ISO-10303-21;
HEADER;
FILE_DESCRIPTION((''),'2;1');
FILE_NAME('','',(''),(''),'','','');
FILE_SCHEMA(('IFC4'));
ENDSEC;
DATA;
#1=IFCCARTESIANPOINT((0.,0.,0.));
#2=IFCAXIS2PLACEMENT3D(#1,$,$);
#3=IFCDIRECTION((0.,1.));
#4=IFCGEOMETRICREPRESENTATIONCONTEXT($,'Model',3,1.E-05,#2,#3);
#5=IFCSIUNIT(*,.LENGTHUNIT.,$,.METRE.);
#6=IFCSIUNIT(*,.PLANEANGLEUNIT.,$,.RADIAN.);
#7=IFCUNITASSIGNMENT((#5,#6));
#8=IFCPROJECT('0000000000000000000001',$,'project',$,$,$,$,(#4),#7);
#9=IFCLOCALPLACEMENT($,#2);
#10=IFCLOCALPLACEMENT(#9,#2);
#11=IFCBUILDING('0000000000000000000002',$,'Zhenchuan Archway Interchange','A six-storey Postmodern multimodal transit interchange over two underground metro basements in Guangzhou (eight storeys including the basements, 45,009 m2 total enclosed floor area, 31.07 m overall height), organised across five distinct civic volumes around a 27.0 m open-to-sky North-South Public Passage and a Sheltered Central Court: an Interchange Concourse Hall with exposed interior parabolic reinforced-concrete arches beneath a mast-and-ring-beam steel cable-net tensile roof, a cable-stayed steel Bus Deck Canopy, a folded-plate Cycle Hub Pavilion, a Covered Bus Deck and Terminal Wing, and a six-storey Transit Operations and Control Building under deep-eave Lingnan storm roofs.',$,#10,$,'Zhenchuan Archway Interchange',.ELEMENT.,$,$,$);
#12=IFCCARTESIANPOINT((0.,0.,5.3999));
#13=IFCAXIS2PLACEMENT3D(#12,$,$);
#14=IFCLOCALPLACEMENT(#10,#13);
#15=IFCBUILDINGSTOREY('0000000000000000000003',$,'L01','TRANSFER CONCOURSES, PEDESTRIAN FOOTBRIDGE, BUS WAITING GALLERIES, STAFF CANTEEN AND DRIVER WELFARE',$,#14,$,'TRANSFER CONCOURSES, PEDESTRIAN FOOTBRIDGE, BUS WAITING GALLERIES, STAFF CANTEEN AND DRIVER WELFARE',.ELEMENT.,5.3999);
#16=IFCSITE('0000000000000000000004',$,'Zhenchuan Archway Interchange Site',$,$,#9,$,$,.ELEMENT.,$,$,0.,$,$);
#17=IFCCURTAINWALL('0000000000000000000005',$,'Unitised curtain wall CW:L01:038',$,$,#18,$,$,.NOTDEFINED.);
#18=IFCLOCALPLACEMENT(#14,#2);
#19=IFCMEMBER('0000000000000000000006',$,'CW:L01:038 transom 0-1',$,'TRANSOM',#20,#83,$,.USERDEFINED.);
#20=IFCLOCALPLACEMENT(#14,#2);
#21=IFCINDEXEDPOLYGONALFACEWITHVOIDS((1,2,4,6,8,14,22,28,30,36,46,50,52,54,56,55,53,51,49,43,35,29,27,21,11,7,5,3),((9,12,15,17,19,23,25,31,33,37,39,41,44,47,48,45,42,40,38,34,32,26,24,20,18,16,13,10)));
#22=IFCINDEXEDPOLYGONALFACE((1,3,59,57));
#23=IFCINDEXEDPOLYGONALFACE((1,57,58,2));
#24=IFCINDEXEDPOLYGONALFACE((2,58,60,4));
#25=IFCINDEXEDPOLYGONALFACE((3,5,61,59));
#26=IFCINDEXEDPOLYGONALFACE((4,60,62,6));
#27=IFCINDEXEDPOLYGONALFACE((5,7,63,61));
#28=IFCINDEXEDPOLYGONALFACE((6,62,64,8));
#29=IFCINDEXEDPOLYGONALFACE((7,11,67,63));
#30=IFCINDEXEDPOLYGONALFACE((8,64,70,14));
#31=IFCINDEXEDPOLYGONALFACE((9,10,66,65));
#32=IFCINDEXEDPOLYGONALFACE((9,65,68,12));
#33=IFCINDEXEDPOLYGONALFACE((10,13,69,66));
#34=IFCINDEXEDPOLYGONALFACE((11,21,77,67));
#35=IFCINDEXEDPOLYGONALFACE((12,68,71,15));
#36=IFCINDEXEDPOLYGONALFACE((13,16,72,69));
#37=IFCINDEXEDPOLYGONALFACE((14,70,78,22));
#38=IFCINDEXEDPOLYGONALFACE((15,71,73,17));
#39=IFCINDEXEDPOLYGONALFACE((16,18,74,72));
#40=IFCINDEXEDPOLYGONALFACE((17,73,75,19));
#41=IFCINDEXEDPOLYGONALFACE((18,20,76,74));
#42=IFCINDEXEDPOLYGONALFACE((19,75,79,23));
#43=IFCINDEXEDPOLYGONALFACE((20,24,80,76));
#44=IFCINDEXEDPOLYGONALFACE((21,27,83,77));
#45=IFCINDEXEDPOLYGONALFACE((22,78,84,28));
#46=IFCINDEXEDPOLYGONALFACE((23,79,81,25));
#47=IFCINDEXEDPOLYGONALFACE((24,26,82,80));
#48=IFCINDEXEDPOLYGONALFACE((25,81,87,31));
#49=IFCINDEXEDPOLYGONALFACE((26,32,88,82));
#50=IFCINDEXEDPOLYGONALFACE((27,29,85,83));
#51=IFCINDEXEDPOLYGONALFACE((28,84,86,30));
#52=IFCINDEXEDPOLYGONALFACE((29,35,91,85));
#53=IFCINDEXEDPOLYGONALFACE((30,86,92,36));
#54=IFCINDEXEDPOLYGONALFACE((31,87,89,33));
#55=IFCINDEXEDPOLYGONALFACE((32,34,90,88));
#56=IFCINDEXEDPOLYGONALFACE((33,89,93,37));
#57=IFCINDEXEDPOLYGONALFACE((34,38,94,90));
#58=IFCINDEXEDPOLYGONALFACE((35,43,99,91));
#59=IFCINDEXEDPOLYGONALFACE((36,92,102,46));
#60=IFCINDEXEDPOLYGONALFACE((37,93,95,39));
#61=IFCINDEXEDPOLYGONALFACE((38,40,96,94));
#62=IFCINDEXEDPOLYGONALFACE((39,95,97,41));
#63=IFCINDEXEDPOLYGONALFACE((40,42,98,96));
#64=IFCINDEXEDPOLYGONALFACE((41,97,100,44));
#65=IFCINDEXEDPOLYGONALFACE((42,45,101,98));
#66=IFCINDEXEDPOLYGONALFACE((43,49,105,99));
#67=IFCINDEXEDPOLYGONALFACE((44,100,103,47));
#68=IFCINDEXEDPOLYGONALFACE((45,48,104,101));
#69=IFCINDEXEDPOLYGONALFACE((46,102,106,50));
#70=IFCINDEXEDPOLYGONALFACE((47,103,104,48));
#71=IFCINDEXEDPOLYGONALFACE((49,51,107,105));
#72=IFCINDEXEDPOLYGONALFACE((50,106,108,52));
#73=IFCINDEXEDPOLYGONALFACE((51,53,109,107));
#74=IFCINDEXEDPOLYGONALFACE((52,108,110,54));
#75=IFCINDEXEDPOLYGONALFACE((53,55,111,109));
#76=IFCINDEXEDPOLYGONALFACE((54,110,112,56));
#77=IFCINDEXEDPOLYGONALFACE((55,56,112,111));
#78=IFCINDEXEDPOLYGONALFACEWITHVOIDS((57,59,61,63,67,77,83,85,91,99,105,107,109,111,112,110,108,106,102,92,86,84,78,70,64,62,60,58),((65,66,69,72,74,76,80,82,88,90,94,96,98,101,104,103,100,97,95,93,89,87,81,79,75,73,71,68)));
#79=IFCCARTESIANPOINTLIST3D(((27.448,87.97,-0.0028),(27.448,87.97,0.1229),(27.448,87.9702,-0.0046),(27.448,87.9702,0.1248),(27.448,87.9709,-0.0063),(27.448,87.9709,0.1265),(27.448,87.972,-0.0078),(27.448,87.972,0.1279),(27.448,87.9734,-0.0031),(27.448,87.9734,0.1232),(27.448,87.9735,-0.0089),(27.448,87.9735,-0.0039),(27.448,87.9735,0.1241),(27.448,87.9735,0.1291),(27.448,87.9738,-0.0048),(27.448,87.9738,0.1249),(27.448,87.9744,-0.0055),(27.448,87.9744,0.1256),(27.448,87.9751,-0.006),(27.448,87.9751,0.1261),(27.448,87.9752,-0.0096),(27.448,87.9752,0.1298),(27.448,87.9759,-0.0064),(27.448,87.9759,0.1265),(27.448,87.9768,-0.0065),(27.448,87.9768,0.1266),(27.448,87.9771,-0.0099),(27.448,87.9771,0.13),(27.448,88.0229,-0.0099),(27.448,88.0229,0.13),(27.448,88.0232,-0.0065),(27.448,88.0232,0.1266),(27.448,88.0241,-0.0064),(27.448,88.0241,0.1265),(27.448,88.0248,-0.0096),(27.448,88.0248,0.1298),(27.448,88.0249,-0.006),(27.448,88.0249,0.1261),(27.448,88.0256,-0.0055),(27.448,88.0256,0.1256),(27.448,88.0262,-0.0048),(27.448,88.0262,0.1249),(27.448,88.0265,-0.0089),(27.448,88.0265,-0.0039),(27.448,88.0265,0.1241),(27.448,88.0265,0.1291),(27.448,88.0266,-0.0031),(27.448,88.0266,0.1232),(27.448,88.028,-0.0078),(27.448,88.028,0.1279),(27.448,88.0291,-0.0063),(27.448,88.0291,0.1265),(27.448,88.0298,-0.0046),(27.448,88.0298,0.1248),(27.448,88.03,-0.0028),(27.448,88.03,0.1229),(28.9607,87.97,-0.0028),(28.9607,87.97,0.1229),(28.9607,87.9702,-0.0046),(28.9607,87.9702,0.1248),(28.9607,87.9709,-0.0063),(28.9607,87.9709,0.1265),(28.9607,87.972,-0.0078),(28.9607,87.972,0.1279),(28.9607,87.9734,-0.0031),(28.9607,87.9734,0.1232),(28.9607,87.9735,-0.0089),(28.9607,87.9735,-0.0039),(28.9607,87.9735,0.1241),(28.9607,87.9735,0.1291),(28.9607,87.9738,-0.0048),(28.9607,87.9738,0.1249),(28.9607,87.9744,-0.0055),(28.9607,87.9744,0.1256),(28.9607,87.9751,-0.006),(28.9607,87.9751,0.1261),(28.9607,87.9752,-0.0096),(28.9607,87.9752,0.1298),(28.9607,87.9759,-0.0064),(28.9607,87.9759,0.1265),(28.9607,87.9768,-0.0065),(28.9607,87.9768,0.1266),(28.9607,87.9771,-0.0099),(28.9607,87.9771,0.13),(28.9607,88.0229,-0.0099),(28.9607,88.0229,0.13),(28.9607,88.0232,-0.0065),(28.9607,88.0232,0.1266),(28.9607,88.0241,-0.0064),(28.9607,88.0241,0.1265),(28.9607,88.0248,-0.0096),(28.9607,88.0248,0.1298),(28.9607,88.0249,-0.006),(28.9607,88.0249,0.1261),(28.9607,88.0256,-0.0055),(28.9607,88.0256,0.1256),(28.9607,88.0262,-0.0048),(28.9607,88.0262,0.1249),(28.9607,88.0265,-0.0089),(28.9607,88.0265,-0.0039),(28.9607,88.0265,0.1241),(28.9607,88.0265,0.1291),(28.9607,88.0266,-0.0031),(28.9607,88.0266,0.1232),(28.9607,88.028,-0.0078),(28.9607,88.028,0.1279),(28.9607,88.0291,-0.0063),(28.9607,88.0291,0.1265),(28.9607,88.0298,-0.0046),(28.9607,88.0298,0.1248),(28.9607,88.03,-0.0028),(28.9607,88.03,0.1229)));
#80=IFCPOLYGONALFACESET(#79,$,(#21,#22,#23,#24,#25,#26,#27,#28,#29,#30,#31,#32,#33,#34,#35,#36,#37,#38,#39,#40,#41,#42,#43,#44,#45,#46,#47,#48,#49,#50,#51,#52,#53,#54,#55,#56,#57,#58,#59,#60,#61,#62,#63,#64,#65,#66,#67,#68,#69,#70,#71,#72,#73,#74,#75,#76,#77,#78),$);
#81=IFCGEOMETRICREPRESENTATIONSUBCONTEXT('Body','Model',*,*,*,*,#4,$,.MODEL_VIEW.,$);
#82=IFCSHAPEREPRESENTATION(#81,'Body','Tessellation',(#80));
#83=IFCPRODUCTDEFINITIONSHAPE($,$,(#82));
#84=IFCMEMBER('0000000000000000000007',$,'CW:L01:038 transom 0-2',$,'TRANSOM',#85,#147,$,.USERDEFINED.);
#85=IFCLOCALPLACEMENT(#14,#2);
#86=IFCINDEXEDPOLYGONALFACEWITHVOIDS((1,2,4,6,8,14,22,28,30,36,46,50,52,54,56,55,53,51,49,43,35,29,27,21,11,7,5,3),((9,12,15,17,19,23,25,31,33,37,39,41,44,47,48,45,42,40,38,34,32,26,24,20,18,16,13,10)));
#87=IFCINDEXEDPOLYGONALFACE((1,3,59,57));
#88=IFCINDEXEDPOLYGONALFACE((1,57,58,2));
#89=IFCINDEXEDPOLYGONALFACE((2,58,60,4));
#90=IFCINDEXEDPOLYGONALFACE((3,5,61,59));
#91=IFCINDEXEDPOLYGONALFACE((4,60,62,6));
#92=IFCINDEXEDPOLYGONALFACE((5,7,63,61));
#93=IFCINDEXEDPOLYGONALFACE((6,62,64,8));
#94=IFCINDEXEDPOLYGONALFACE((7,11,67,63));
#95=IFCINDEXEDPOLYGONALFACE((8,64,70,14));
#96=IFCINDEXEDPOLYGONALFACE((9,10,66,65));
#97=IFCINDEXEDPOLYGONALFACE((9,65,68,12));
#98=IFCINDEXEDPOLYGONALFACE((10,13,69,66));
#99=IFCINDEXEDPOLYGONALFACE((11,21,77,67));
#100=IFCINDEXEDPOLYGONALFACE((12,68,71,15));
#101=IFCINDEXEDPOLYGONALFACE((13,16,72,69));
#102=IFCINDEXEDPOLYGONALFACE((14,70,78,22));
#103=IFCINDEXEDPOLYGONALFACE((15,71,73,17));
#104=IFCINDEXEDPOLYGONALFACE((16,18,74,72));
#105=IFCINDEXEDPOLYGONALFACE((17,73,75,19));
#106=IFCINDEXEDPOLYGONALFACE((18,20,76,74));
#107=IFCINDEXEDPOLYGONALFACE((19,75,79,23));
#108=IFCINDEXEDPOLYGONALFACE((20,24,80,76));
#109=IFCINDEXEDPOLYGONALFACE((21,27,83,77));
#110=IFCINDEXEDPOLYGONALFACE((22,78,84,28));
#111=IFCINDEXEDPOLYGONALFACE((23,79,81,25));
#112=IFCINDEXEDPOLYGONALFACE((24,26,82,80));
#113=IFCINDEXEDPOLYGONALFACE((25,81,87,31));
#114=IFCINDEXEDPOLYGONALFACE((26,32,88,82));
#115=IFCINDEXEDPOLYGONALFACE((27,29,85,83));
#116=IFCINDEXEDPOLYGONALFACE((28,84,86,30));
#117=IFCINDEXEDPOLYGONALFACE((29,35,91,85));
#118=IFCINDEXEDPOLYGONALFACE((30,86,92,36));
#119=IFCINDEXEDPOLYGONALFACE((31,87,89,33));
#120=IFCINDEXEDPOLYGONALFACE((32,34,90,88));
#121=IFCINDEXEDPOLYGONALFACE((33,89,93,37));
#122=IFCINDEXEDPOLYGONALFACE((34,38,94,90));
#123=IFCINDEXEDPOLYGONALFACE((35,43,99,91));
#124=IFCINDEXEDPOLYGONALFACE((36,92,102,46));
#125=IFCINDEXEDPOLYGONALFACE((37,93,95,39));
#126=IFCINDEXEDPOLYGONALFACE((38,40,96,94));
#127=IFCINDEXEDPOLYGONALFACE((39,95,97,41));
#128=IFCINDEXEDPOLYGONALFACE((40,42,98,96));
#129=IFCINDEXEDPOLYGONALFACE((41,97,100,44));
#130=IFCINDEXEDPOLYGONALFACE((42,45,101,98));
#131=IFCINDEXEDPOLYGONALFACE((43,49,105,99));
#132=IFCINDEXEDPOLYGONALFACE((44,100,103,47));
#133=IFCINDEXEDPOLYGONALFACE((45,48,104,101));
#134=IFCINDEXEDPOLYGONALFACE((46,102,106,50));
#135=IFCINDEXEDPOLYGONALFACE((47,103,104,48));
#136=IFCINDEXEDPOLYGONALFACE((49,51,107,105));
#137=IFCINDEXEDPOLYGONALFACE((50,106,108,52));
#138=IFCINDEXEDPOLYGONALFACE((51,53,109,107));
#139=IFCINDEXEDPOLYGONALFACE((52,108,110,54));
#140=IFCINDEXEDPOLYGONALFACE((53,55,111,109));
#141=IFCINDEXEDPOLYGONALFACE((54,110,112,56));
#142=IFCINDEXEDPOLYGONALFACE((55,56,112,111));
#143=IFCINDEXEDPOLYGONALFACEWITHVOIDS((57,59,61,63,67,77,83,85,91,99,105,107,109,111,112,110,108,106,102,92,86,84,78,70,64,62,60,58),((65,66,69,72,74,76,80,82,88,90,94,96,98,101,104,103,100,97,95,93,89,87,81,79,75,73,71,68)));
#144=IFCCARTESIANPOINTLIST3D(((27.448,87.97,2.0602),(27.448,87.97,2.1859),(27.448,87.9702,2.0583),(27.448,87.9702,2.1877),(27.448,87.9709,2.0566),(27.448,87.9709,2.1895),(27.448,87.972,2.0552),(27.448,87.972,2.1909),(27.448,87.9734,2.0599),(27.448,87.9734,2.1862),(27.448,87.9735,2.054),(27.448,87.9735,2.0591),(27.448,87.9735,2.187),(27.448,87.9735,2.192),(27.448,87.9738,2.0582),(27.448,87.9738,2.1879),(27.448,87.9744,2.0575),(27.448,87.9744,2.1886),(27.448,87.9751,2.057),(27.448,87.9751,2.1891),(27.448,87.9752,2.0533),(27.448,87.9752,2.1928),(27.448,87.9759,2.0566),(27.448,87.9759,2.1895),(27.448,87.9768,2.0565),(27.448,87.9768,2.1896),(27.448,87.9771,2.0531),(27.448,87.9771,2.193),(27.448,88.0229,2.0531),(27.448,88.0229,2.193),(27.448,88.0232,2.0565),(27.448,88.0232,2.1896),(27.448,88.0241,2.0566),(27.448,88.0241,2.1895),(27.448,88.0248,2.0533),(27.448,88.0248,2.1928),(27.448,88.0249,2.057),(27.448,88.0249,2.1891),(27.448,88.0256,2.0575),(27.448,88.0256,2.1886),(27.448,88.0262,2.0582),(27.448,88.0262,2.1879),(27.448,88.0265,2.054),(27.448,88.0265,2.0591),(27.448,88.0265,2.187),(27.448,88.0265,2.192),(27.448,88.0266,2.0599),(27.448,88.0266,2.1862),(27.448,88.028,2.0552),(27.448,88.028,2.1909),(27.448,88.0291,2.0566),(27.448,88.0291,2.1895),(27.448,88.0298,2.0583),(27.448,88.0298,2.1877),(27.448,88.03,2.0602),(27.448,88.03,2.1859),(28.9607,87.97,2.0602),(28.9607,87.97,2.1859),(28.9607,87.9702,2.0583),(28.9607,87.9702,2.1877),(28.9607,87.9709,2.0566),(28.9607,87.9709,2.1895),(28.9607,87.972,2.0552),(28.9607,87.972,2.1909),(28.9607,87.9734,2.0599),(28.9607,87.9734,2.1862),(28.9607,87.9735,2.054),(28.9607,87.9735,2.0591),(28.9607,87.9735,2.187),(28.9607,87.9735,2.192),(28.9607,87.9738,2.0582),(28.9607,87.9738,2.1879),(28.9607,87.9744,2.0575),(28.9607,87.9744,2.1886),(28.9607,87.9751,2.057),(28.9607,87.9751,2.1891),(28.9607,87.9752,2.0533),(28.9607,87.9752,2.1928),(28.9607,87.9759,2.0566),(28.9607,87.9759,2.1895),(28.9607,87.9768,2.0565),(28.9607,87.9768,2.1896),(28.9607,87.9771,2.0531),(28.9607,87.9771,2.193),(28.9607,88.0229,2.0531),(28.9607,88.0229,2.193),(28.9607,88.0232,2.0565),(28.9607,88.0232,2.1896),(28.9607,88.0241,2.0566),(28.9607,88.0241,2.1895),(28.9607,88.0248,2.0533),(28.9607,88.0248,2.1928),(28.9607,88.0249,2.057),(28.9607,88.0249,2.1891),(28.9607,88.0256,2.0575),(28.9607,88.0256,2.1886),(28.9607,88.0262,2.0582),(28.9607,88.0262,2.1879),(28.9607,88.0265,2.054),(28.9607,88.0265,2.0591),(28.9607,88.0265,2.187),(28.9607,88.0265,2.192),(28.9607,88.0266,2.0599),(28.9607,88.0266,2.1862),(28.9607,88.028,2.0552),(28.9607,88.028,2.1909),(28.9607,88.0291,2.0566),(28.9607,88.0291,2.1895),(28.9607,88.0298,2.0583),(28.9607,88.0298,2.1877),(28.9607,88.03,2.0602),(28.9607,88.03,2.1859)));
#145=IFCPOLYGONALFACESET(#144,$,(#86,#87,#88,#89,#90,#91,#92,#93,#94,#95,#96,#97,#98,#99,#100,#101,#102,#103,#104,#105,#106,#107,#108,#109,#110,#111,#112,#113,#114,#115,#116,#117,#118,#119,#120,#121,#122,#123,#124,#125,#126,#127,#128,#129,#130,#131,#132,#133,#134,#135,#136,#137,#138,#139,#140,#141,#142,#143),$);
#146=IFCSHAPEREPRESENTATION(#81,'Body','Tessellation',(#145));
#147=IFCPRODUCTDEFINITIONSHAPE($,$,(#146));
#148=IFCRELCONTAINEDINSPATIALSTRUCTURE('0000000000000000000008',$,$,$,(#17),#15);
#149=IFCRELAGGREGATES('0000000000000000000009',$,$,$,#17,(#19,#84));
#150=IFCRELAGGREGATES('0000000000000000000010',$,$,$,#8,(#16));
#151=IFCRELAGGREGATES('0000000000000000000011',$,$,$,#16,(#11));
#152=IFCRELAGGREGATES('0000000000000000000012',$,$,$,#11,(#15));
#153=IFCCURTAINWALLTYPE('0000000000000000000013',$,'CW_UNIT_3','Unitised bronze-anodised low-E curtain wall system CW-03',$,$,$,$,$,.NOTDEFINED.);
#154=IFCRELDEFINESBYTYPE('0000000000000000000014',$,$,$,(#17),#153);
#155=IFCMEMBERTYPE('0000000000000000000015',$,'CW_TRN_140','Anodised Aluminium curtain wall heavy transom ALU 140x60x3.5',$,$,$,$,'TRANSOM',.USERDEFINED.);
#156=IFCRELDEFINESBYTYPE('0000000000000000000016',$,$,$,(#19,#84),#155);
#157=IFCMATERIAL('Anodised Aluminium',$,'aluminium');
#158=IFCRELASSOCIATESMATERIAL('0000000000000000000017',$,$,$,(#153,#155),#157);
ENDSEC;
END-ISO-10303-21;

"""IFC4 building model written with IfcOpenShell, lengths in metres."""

from ifc_helpers import new_model, si_unit, direction, frame, origin, origin_2d, place, context, subcontext, project, spatial, hollow_rectangle, extrude, material, material_profile, profile_set, type_object, element, aggregate, save


model = new_model("IFC4")

# Units and contexts
model_context = context("Model", 3, precision=1e-05, world=origin(), true_north=direction((0.0, 1.0)))
body_context = subcontext(model_context, "Body", "Model", "MODEL_VIEW")
ifc_project = project(units=[si_unit("LENGTHUNIT", "METRE"), si_unit("PLANEANGLEUNIT", "RADIAN")], contexts=[model_context])

# Site, building, storey
site_placement = place(None, origin())
site = spatial("IfcSite", under=ifc_project, at=site_placement, Name="Zhenchuan Archway Interchange Site", CompositionType="ELEMENT", RefElevation=0.0)
building_placement = place(site_placement, origin())
building = spatial("IfcBuilding", under=site, at=building_placement, Name="Zhenchuan Archway Interchange", Description="A six-storey Postmodern multimodal transit interchange over two underground metro basements in Guangzhou (eight storeys including the basements, 45,009 m2 total enclosed floor area, 31.07 m overall height), organised across five distinct civic volumes around a 27.0 m open-to-sky North-South Public Passage and a Sheltered Central Court: an Interchange Concourse Hall with exposed interior parabolic reinforced-concrete arches beneath a mast-and-ring-beam steel cable-net tensile roof, a cable-stayed steel Bus Deck Canopy, a folded-plate Cycle Hub Pavilion, a Covered Bus Deck and Terminal Wing, and a six-storey Transit Operations and Control Building under deep-eave Lingnan storm roofs.", LongName="Zhenchuan Archway Interchange", CompositionType="ELEMENT")
storey_placement = place(building_placement, frame((0.0, 0.0, 5.3999)))
storey = spatial("IfcBuildingStorey", under=building, at=storey_placement, Name="L01", Description="TRANSFER CONCOURSES, PEDESTRIAN FOOTBRIDGE, BUS WAITING GALLERIES, STAFF CANTEEN AND DRIVER WELFARE", LongName="TRANSFER CONCOURSES, PEDESTRIAN FOOTBRIDGE, BUS WAITING GALLERIES, STAFF CANTEEN AND DRIVER WELFARE", CompositionType="ELEMENT", Elevation=5.3999)

# Curtain wall
ifc_material_1 = material(Name="Anodised Aluminium", Category="aluminium")
curtain_wall_type_1 = type_object("IfcCurtainWallType", Name="CW_UNIT_3", Description="Unitised bronze-anodised low-E curtain wall system CW-03", PredefinedType="NOTDEFINED", material=ifc_material_1)
curtain_wall_1_placement = place(storey_placement, origin())
curtain_wall_1 = element("IfcCurtainWall", 1, at=curtain_wall_1_placement, inside=storey, type_object=curtain_wall_type_1, Name="Unitised curtain wall CW:L01:038", PredefinedType="NOTDEFINED")

# Members
ifc_material_profile_1 = material_profile(ifc_material_1, hollow_rectangle(XDim=0.0601, YDim=0.1399, WallThickness=0.0034, InnerFilletRadius=0.0034, OuterFilletRadius=0.0071, at=origin_2d()), Name="ALU 140x60x3.5")
ifc_profile_set_1 = profile_set([ifc_material_profile_1], Name="Anodised Aluminium")
member_type_1 = type_object("IfcMemberType", Name="CW_TRN_140", Description="Anodised Aluminium curtain wall heavy transom ALU 140x60x3.5", ElementType="TRANSOM", PredefinedType="USERDEFINED", material=ifc_profile_set_1)
member_1_placement = place(storey_placement, frame((27.448, 88.0, 0.0601), z_axis=(1.0, 0.0, 0.0), x_axis=(0.0, 1.0, 0.0)))
member_1 = element("IfcMember", 2, at=member_1_placement, type_object=member_type_1, Name="CW:L01:038 transom 0-1", ObjectType="TRANSOM", PredefinedType="USERDEFINED", context=body_context, shape_type="SweptSolid", body=[
    extrude(hollow_rectangle(XDim=0.0601, YDim=0.1399, WallThickness=0.0034, InnerFilletRadius=0.0034, OuterFilletRadius=0.0071, at=origin_2d()), origin(), (0.0, 0.0, 1.0), 1.5127),
])
member_2_placement = place(storey_placement, frame((27.448, 88.0, 2.123), z_axis=(1.0, 0.0, 0.0), x_axis=(0.0, 1.0, 0.0)))
member_2 = element("IfcMember", 3, at=member_2_placement, type_object=member_type_1, Name="CW:L01:038 transom 0-2", ObjectType="TRANSOM", PredefinedType="USERDEFINED", context=body_context, shape_type="SweptSolid", body=[
    extrude(hollow_rectangle(XDim=0.0601, YDim=0.1399, WallThickness=0.0034, InnerFilletRadius=0.0034, OuterFilletRadius=0.0071, at=origin_2d()), origin(), (0.0, 0.0, 1.0), 1.5127),
])

aggregate(curtain_wall_1, [member_1, member_2])

save(model, "model.ifc")
